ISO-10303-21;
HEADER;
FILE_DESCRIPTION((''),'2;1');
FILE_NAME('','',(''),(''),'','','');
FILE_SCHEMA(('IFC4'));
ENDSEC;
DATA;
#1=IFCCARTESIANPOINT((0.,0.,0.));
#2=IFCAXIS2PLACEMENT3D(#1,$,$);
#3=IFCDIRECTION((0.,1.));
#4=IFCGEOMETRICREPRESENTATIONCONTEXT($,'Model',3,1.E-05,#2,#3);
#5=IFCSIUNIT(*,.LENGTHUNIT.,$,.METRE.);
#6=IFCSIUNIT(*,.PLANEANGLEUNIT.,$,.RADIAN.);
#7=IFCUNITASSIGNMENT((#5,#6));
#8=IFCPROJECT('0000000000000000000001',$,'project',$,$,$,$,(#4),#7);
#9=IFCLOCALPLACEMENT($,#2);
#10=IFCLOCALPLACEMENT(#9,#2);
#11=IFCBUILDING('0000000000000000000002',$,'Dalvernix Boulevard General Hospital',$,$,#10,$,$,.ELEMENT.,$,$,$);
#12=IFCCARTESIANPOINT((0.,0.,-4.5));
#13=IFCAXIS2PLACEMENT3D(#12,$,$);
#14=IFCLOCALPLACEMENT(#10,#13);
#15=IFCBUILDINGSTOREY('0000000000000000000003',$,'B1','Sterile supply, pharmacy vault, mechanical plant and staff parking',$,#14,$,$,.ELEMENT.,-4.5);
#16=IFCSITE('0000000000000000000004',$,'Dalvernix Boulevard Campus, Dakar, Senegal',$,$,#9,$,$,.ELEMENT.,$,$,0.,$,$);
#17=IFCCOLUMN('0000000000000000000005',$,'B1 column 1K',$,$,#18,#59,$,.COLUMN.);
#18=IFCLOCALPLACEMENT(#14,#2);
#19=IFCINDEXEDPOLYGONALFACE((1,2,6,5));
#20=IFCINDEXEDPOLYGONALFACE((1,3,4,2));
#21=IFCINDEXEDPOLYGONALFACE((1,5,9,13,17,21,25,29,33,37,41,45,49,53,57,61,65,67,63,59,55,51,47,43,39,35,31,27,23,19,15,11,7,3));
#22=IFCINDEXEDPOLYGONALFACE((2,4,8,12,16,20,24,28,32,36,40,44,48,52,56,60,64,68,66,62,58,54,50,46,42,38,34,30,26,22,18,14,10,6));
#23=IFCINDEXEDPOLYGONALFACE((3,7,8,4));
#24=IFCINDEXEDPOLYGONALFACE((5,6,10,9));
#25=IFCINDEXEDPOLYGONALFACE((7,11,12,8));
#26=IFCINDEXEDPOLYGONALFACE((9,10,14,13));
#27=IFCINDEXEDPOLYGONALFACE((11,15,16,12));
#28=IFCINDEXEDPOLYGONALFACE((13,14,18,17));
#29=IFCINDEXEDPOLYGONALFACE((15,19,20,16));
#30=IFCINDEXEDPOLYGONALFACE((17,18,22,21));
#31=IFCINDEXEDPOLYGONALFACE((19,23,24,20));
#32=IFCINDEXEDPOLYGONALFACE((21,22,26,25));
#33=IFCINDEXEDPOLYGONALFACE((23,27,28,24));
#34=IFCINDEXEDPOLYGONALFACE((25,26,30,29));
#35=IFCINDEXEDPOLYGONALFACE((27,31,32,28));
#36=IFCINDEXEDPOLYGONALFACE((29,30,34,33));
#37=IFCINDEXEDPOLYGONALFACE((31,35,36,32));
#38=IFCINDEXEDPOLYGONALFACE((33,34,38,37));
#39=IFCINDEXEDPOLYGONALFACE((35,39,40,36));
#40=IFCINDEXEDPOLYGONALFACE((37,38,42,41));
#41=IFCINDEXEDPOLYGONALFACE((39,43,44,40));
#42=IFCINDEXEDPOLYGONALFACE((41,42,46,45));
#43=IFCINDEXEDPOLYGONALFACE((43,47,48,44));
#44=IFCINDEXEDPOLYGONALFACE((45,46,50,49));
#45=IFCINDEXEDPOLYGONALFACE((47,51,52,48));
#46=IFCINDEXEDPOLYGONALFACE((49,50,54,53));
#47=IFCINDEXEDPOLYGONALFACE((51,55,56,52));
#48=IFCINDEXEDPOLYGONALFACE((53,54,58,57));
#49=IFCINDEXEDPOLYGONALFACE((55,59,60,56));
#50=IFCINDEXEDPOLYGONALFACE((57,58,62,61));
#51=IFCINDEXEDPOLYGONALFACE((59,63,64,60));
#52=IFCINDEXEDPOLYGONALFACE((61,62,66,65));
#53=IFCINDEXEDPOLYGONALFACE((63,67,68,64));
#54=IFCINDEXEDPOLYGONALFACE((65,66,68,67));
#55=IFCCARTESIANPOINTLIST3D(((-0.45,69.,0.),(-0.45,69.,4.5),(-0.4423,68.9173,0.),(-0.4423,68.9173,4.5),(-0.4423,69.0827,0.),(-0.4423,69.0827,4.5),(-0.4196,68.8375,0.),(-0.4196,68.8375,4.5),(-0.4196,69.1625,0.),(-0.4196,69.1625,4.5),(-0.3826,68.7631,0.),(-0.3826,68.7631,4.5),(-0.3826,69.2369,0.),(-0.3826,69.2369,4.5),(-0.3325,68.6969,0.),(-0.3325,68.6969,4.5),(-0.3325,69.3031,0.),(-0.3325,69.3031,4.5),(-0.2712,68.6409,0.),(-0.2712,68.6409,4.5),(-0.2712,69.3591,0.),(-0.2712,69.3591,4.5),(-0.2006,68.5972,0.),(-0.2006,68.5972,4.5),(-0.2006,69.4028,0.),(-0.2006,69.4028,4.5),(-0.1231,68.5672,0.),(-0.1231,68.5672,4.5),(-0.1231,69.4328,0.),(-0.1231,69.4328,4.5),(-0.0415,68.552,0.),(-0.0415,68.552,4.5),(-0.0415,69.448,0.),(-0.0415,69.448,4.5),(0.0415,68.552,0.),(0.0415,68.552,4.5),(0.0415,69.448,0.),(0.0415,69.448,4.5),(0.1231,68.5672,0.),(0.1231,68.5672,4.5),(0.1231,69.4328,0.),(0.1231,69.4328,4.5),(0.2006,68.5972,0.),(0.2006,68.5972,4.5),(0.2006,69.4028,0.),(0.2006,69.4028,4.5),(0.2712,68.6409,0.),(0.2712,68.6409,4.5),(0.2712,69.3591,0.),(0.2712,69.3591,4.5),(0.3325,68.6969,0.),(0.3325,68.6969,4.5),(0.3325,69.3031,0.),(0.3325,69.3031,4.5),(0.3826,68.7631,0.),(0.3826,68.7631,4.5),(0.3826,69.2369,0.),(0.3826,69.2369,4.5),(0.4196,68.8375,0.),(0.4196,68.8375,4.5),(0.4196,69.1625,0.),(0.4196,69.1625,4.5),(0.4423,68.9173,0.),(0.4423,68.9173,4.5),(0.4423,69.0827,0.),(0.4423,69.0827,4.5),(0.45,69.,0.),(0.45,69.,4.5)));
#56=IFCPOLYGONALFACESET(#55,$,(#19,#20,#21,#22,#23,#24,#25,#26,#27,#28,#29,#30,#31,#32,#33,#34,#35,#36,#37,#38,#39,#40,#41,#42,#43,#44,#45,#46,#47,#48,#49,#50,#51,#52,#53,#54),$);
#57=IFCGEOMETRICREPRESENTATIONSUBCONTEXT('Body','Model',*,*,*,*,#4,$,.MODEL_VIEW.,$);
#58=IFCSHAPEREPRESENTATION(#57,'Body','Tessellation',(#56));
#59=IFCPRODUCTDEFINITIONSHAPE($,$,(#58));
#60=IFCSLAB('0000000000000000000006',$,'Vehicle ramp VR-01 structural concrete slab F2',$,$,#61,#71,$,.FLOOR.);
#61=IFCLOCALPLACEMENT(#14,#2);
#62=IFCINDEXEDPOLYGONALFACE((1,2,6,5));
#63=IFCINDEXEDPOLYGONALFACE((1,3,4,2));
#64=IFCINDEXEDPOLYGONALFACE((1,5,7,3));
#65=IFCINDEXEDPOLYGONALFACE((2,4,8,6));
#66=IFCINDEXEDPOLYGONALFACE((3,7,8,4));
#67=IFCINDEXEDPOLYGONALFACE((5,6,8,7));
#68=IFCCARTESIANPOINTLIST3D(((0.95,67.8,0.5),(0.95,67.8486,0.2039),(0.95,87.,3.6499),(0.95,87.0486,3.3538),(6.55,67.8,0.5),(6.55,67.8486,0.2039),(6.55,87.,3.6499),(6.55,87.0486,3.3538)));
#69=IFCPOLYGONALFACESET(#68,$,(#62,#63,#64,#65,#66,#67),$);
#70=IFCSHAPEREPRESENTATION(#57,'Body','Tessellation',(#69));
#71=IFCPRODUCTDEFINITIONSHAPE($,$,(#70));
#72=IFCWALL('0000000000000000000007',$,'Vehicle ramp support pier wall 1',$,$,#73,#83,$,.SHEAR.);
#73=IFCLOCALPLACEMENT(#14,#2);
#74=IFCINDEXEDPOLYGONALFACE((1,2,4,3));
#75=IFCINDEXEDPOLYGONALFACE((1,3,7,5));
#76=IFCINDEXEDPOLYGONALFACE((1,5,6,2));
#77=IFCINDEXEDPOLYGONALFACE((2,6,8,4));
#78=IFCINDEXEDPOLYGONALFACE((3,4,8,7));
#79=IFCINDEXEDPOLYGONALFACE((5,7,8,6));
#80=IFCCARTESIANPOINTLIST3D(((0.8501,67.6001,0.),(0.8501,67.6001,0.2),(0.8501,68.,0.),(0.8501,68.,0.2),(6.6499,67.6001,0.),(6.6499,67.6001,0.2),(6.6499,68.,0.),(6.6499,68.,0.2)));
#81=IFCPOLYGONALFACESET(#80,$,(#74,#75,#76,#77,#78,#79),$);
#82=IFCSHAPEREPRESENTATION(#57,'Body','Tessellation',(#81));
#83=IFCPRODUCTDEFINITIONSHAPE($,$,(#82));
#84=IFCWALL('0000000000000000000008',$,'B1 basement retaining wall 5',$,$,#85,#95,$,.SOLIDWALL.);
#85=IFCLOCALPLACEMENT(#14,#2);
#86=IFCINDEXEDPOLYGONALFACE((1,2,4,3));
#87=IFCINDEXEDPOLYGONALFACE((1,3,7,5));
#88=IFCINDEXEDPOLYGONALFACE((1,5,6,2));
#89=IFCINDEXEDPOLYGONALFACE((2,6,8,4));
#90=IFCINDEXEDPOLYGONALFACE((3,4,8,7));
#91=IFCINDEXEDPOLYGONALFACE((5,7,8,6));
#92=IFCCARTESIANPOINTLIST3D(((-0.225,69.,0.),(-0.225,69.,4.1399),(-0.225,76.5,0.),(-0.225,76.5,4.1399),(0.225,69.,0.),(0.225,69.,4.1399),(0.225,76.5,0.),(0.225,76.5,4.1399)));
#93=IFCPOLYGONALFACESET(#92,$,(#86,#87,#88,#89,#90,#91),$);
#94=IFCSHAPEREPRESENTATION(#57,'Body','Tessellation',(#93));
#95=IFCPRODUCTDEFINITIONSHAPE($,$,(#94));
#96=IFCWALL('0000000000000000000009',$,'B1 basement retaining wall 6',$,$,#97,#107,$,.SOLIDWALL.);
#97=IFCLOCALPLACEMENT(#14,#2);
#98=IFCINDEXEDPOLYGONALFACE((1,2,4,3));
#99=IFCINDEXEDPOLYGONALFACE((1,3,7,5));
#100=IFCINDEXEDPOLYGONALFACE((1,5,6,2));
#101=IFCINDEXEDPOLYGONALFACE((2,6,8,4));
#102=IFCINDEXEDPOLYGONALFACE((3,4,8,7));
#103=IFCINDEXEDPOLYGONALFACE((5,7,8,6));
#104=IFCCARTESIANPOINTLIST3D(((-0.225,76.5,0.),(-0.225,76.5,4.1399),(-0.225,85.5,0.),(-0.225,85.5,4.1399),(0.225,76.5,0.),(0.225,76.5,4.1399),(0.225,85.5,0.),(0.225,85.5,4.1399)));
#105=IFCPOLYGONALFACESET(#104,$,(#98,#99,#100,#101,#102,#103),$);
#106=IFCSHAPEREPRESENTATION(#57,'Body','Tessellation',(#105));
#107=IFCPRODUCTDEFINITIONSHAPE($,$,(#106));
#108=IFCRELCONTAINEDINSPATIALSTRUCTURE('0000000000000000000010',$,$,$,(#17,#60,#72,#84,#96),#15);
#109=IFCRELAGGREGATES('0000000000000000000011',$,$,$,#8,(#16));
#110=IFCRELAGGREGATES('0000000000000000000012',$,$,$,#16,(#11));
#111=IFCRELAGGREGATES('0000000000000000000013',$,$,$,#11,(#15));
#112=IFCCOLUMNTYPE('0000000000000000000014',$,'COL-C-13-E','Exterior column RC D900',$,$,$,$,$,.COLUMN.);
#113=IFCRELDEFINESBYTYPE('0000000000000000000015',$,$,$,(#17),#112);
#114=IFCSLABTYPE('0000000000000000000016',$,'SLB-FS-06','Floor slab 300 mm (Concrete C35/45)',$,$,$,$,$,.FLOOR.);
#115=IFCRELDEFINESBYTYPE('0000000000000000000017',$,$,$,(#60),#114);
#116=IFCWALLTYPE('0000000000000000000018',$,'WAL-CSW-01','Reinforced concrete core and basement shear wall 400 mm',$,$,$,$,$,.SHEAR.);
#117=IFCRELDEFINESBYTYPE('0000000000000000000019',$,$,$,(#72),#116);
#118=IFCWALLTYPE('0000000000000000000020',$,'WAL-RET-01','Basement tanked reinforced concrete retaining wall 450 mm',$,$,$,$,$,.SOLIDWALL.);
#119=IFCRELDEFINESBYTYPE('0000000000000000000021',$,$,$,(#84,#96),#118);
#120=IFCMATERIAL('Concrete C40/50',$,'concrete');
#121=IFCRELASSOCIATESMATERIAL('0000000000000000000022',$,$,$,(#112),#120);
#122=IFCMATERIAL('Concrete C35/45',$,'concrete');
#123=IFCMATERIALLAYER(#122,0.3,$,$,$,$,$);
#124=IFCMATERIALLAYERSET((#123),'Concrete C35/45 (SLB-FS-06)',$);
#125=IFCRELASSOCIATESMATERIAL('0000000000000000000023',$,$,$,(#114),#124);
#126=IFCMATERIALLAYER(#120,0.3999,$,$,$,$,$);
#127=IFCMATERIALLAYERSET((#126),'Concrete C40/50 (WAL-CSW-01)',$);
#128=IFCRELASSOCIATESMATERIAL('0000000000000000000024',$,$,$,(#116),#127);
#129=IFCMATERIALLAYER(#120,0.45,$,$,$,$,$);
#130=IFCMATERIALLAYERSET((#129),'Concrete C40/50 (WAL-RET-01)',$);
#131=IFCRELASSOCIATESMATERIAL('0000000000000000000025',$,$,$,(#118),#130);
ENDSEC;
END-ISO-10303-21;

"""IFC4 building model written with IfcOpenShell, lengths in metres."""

from ifc_helpers import new_model, si_unit, direction, frame, frame_2d, origin, origin_2d, place, context, subcontext, project, spatial, polyline, rectangle, circle, outline, extrude, material, layer, layer_set, material_profile, profile_set, type_object, element, save


model = new_model("IFC4")

# Units and contexts
model_context = context("Model", 3, precision=1e-05, world=origin(), true_north=direction((0.0, 1.0)))
body_context = subcontext(model_context, "Body", "Model", "MODEL_VIEW")
ifc_project = project(units=[si_unit("LENGTHUNIT", "METRE"), si_unit("PLANEANGLEUNIT", "RADIAN")], contexts=[model_context])

# Site, building, storey
site_placement = place(None, origin())
site = spatial("IfcSite", under=ifc_project, at=site_placement, Name="Dalvernix Boulevard Campus, Dakar, Senegal", CompositionType="ELEMENT", RefElevation=0.0)
building_placement = place(site_placement, origin())
building = spatial("IfcBuilding", under=site, at=building_placement, Name="Dalvernix Boulevard General Hospital", CompositionType="ELEMENT")
storey_placement = place(building_placement, frame((0.0, 0.0, -4.5)))
storey = spatial("IfcBuildingStorey", under=building, at=storey_placement, Name="B1", Description="Sterile supply, pharmacy vault, mechanical plant and staff parking", CompositionType="ELEMENT", Elevation=-4.5)

# Shared definitions
ifc_material_1 = material(Name="Concrete C35/45", Category="concrete")
ifc_material_2 = material(Name="Concrete C40/50", Category="concrete")

# Column
ifc_material_profile_1 = material_profile(ifc_material_2, circle(Radius=0.45, at=origin_2d()), Name="RC D900")
ifc_profile_set_1 = profile_set([ifc_material_profile_1], Name="Concrete C40/50")
column_type_1 = type_object("IfcColumnType", Name="COL-C-13-E", Description="Exterior column RC D900", PredefinedType="COLUMN", material=ifc_profile_set_1)
column_1_placement = place(storey_placement, frame((0.0, 69.0, 0.0), z_axis=(0.0, 0.0, 1.0), x_axis=(1.0, 0.0, 0.0)))
element("IfcColumn", 1, at=column_1_placement, inside=storey, type_object=column_type_1, Name="B1 column 1K", PredefinedType="COLUMN", context=body_context, shape_type="SweptSolid", body=[
    extrude(circle(Radius=0.45, at=origin_2d()), origin(), (0.0, 0.0, 1.0), 4.5),
])

# Slab
ifc_layer_1 = layer(ifc_material_1, 0.3)
ifc_layer_set_1 = layer_set([ifc_layer_1], Name="Concrete C35/45 (SLB-FS-06)")
slab_type = type_object("IfcSlabType", Name="SLB-FS-06", Description="Floor slab 300 mm (Concrete C35/45)", PredefinedType="FLOOR", material=ifc_layer_set_1)
slab_placement = place(storey_placement, frame((0.95, 67.8, 0.5), z_axis=(0.0, -0.161894, 0.986808), x_axis=(1.0, 0.0, 0.0)))
element("IfcSlab", 2, at=slab_placement, inside=storey, type_object=slab_type, Name="Vehicle ramp VR-01 structural concrete slab F2", PredefinedType="FLOOR", context=body_context, shape_type="SweptSolid", body=[
    extrude(outline(polyline([(0.0, 0.0), (5.6001, 0.0), (5.6001, 19.4566), (0.0, 19.4566), (0.0, 0.0)])), origin(), (0.0, 0.0, -1.0), 0.3),
])

# Walls
ifc_layer_2 = layer(ifc_material_2, 0.3999)
ifc_layer_set_2 = layer_set([ifc_layer_2], Name="Concrete C40/50 (WAL-CSW-01)")
wall_type_1 = type_object("IfcWallType", Name="WAL-CSW-01", Description="Reinforced concrete core and basement shear wall 400 mm", PredefinedType="SHEAR", material=ifc_layer_set_2)
wall_1_placement = place(storey_placement, frame((0.8501, 67.8, 0.0), z_axis=(0.0, 0.0, 1.0), x_axis=(1.0, 0.0, 0.0)))
element("IfcWall", 3, at=wall_1_placement, inside=storey, type_object=wall_type_1, Name="Vehicle ramp support pier wall 1", PredefinedType="SHEAR", context=body_context, shape_type="SweptSolid", body=[
    extrude(rectangle(XDim=5.7998, YDim=0.3999, at=frame_2d((2.8999, 0.0))), origin(), (0.0, 0.0, 1.0), 0.2),
])
ifc_layer_3 = layer(ifc_material_2, 0.45)
ifc_layer_set_3 = layer_set([ifc_layer_3], Name="Concrete C40/50 (WAL-RET-01)")
wall_type_2 = type_object("IfcWallType", Name="WAL-RET-01", Description="Basement tanked reinforced concrete retaining wall 450 mm", PredefinedType="SOLIDWALL", material=ifc_layer_set_3)
wall_2_placement = place(storey_placement, frame((0.0, 69.0, 0.0), z_axis=(0.0, 0.0, 1.0), x_axis=(0.0, 1.0, 0.0)))
element("IfcWall", 4, at=wall_2_placement, inside=storey, type_object=wall_type_2, Name="B1 basement retaining wall 5", PredefinedType="SOLIDWALL", context=body_context, shape_type="SweptSolid", body=[
    extrude(rectangle(XDim=7.5, YDim=0.45, at=frame_2d((3.75, 0.0))), origin(), (0.0, 0.0, 1.0), 4.1399),
])
wall_3_placement = place(storey_placement, frame((0.0, 76.5, 0.0), z_axis=(0.0, 0.0, 1.0), x_axis=(0.0, 1.0, 0.0)))
element("IfcWall", 5, at=wall_3_placement, inside=storey, type_object=wall_type_2, Name="B1 basement retaining wall 6", PredefinedType="SOLIDWALL", context=body_context, shape_type="SweptSolid", body=[
    extrude(rectangle(XDim=9.0, YDim=0.45, at=frame_2d((4.5, 0.0))), origin(), (0.0, 0.0, 1.0), 4.1399),
])

save(model, "model.ifc")
